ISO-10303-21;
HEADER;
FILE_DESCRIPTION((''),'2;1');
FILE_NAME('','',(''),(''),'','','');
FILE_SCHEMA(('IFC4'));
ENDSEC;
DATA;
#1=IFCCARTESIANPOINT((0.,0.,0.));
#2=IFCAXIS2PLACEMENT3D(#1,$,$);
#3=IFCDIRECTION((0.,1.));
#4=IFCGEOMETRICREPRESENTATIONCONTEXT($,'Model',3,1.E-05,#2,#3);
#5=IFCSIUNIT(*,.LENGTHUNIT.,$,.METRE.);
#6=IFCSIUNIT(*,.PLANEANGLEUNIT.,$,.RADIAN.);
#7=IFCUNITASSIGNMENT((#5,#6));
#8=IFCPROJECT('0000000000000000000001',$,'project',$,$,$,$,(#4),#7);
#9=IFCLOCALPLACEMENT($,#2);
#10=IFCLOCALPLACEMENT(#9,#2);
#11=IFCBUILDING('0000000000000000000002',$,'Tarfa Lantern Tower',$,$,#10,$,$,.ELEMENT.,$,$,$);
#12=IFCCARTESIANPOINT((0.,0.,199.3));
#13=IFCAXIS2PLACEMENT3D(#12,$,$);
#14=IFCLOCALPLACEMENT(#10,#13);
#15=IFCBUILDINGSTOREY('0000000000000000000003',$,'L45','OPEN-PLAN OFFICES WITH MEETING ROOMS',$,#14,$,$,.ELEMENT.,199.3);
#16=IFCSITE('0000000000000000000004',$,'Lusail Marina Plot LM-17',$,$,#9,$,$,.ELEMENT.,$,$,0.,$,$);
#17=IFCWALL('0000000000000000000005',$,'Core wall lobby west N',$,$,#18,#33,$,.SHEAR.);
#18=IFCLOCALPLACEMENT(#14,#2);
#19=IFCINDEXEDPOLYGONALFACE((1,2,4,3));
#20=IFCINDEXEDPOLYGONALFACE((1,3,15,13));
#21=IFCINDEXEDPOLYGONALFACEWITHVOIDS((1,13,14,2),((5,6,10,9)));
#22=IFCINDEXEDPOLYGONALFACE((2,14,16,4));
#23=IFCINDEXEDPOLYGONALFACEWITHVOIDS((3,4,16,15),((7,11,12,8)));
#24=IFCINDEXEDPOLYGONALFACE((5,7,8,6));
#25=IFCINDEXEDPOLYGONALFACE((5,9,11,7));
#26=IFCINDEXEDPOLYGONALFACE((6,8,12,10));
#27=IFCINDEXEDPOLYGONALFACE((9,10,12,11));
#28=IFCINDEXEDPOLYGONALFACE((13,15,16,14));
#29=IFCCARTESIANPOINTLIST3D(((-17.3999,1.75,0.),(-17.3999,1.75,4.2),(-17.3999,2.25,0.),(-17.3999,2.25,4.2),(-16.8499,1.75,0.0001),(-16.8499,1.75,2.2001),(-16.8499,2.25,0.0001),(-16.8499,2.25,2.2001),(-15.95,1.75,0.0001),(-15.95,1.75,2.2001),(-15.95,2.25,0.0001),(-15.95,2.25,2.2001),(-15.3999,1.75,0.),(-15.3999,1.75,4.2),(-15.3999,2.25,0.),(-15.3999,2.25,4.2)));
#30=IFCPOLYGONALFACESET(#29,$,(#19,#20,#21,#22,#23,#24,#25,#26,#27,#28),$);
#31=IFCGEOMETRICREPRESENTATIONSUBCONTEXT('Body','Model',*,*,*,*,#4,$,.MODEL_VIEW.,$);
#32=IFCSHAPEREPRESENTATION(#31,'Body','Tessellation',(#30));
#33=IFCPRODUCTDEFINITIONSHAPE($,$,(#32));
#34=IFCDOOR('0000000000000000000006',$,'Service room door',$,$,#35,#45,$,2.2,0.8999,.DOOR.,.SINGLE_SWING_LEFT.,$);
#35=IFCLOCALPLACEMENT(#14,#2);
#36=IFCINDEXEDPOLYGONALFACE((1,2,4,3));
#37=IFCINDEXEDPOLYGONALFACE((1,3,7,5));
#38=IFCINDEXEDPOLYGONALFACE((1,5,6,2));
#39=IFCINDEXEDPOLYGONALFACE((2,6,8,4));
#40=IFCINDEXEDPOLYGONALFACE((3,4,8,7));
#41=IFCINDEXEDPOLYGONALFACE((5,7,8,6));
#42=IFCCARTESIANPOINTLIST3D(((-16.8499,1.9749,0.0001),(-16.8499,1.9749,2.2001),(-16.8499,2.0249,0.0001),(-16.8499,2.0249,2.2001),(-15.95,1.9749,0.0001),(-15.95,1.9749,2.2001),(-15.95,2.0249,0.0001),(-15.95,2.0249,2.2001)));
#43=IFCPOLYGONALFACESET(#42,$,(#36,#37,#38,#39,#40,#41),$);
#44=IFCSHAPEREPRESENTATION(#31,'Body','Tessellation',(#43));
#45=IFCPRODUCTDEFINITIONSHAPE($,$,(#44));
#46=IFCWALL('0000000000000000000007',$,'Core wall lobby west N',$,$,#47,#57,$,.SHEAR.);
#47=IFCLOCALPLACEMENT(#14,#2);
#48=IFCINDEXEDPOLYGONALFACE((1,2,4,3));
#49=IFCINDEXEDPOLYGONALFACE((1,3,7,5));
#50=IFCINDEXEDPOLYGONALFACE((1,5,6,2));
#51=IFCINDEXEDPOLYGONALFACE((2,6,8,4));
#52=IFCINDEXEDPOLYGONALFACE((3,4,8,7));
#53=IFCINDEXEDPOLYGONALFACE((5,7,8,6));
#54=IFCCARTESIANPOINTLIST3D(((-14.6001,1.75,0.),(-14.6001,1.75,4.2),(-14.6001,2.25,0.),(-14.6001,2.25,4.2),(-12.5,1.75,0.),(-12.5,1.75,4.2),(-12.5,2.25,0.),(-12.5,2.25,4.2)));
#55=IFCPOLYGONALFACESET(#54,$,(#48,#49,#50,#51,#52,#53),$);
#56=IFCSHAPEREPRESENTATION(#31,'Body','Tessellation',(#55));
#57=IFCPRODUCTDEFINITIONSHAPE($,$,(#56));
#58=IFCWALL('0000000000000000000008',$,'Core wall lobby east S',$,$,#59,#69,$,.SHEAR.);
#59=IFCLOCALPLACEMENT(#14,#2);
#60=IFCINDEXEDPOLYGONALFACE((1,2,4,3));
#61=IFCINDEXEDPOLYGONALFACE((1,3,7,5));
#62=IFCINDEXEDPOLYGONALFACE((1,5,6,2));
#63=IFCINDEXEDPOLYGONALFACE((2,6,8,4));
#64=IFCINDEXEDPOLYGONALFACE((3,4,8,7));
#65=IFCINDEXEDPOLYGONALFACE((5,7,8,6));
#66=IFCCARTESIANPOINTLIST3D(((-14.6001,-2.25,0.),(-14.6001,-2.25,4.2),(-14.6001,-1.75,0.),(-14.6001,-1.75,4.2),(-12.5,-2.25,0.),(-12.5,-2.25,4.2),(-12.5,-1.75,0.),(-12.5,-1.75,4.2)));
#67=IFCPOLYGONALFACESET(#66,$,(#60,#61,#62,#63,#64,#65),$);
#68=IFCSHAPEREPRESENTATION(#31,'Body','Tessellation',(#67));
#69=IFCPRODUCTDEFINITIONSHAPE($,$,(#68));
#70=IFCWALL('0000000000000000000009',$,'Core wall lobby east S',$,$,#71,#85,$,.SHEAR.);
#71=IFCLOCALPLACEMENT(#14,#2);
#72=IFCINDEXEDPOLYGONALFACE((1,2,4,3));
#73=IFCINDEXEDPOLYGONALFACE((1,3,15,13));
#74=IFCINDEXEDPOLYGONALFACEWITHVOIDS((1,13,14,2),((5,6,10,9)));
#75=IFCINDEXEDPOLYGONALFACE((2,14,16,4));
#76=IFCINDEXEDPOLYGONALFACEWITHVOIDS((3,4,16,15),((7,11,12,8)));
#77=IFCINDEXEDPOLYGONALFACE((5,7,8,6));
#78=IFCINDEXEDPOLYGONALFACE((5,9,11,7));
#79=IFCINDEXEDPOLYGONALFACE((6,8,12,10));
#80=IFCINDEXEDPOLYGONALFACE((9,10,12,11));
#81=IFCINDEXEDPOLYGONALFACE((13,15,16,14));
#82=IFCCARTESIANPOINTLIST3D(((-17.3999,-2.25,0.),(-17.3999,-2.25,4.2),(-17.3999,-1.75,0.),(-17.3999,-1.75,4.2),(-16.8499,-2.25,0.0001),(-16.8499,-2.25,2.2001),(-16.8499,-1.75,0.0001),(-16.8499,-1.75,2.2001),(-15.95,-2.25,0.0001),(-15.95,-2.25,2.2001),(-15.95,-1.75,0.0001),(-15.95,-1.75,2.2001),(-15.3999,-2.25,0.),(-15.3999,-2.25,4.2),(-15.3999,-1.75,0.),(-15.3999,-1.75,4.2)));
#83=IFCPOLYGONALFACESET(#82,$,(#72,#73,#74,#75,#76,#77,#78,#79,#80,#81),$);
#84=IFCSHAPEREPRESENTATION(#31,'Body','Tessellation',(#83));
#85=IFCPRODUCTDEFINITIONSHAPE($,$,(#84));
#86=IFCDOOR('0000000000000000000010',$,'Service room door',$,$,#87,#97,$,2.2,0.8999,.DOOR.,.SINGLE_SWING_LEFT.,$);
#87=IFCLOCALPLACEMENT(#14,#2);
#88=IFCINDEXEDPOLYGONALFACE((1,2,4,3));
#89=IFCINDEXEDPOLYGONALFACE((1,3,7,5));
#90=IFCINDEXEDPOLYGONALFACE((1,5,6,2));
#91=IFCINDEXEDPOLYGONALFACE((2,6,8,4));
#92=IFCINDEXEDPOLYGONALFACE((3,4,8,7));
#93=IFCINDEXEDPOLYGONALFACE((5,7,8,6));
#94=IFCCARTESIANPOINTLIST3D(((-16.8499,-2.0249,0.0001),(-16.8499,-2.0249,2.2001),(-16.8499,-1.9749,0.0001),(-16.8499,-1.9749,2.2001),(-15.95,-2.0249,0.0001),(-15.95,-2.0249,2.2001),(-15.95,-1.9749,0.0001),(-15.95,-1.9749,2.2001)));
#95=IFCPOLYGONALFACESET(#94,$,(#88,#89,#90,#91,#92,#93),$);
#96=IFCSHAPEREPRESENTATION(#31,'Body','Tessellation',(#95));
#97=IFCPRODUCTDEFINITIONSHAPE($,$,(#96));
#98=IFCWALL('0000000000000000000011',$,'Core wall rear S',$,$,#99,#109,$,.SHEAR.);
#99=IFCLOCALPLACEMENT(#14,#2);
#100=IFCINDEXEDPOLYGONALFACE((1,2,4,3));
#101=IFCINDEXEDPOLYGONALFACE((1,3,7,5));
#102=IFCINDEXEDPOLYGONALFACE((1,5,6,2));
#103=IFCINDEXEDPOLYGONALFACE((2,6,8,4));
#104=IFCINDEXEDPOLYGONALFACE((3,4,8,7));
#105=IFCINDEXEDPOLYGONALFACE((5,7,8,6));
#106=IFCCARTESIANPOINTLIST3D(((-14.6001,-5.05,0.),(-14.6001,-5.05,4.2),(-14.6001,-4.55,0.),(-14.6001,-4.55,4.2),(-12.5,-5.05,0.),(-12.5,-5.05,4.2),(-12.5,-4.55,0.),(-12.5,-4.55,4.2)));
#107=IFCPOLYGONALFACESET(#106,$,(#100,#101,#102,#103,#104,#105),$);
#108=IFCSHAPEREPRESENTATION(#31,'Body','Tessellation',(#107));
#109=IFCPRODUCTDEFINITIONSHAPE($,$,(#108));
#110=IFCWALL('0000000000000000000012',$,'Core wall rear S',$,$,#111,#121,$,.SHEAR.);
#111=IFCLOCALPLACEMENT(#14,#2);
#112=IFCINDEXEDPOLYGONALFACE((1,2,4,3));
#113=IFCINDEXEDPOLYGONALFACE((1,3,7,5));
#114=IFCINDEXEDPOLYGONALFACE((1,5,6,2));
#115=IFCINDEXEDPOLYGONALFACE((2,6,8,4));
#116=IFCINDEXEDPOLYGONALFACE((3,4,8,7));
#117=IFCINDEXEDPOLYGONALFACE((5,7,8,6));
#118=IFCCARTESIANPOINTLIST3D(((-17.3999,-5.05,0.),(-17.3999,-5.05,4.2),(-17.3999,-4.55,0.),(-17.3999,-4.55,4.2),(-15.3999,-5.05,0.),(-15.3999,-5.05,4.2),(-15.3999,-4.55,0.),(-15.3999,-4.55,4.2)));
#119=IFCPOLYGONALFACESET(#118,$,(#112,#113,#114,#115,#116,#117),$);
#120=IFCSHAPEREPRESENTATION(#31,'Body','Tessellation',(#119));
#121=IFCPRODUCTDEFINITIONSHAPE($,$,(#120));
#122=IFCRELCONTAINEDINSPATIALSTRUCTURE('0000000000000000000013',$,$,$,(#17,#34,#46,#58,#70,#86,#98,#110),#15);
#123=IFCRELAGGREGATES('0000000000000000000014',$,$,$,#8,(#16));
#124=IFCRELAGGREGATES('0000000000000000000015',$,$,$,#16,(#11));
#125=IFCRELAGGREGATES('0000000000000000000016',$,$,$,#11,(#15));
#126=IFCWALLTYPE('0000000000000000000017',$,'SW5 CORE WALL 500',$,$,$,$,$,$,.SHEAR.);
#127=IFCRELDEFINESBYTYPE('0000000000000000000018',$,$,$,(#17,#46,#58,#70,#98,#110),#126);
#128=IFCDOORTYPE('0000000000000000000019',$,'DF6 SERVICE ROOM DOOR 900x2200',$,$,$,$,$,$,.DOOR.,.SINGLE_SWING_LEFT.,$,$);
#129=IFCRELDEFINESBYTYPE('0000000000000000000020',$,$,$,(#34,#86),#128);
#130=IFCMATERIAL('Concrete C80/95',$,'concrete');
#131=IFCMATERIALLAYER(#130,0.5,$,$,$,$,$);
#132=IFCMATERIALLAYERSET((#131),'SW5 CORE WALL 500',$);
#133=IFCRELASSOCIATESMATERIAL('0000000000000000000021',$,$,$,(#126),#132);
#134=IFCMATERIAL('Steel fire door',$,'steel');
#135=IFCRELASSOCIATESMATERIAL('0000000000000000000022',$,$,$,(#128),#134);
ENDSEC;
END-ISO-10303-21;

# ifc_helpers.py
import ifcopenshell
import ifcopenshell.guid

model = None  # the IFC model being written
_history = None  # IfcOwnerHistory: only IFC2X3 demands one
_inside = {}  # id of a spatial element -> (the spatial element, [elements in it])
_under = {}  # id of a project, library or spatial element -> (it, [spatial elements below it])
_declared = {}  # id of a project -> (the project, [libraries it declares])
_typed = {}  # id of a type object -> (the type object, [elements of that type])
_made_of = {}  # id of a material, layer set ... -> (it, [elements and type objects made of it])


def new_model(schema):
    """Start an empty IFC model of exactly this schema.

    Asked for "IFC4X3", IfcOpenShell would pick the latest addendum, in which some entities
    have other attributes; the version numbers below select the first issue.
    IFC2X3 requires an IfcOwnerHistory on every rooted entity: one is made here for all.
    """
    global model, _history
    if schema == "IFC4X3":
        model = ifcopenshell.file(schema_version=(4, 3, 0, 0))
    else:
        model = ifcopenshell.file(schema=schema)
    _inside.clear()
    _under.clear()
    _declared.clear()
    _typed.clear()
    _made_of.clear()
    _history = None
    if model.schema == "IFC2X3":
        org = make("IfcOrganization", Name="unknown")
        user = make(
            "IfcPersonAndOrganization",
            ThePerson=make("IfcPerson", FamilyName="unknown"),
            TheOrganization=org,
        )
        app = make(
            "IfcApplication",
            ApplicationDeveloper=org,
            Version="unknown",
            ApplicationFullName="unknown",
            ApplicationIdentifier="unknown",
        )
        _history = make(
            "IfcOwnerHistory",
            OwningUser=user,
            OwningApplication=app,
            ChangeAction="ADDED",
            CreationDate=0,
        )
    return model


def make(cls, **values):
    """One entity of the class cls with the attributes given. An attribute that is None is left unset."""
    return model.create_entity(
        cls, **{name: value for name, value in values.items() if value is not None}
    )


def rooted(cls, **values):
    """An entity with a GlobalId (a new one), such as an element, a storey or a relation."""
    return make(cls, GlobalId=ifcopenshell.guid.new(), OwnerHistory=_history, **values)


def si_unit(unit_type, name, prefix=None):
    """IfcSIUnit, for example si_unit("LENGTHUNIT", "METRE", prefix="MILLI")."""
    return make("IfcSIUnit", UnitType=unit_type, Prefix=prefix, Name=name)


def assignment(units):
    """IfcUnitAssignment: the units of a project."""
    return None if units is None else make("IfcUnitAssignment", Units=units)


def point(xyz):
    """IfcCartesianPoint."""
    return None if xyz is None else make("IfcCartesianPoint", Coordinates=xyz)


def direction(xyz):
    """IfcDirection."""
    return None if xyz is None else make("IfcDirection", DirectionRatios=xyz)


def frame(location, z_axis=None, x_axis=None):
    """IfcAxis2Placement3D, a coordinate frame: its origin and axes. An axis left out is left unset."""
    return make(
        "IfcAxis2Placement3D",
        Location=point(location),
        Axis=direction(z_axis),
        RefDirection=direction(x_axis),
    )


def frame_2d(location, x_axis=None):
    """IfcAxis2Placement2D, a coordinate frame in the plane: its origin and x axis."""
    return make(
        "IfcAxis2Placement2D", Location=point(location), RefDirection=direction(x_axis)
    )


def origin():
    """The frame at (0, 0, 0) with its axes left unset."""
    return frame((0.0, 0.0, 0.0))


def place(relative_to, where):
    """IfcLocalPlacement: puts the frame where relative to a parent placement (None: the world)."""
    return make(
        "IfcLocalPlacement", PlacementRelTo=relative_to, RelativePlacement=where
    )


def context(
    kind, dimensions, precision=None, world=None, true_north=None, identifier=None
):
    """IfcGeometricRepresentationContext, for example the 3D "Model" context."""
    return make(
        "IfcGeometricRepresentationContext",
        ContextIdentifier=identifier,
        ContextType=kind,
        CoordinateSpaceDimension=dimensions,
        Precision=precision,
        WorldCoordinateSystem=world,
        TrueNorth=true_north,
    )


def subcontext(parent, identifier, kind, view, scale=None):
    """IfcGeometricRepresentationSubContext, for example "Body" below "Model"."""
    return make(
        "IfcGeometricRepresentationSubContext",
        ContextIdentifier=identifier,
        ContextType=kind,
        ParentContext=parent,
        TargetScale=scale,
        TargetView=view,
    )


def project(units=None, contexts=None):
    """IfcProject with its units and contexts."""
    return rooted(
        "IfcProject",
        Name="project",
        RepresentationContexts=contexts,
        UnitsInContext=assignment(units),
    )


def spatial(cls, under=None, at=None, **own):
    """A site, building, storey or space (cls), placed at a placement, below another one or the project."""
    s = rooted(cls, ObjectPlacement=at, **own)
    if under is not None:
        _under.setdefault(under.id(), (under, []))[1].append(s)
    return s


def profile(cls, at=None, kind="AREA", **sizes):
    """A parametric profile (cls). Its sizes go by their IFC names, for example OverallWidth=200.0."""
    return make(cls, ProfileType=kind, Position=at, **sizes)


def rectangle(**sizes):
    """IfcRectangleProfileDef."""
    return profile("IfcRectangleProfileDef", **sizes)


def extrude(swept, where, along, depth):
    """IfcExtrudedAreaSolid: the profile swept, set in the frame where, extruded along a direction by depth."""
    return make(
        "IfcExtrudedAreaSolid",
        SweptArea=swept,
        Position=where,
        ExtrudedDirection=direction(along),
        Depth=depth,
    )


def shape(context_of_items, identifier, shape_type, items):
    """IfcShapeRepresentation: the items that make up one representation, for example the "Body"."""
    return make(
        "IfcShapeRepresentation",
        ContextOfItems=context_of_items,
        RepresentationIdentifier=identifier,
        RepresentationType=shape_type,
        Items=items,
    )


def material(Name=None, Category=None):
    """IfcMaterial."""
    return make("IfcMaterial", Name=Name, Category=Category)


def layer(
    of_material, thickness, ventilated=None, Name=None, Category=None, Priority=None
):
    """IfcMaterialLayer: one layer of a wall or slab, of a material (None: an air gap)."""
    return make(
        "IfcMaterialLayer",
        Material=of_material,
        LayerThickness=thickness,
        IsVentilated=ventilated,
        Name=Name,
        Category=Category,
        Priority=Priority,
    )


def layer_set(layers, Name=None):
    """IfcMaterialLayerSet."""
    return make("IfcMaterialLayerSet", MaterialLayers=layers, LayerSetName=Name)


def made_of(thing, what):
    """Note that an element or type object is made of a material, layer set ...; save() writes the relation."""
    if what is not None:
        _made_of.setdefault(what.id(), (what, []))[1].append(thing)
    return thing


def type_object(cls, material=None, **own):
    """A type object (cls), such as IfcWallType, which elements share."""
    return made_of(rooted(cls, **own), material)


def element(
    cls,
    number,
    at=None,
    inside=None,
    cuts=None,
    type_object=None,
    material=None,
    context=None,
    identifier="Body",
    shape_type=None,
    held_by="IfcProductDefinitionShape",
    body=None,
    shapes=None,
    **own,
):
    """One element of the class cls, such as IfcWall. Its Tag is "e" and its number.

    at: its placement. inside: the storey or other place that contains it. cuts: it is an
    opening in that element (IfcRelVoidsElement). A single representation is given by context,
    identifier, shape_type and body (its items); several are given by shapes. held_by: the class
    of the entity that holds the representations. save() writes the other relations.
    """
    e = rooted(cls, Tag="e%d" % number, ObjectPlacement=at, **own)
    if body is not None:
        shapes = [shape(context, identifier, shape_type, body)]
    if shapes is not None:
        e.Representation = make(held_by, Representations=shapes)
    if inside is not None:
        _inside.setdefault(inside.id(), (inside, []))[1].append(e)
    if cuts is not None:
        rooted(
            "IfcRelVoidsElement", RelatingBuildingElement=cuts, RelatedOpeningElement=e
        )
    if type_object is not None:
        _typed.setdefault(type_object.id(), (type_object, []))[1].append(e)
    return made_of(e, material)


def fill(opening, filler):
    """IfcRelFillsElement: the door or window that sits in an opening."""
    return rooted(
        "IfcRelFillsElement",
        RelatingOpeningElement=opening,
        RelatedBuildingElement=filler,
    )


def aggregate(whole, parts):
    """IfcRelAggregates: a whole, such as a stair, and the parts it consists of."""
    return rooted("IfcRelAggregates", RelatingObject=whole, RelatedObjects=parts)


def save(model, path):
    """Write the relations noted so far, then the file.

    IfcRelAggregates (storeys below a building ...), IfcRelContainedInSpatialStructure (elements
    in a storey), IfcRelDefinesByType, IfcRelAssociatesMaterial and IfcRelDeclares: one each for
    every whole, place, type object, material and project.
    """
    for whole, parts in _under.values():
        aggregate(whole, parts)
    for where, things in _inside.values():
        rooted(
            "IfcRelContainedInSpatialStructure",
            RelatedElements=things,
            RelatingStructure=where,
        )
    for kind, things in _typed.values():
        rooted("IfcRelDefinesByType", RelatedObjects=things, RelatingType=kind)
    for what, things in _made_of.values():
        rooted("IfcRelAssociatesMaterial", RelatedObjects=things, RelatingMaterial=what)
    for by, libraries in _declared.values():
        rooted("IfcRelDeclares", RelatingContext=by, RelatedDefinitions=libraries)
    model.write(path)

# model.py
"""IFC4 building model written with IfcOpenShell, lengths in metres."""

from ifc_helpers import new_model, si_unit, direction, frame, frame_2d, origin, place, context, subcontext, project, spatial, rectangle, extrude, material, layer, layer_set, type_object, element, fill, save


model = new_model("IFC4")

# Units and contexts
model_context = context("Model", 3, precision=1e-05, world=origin(), true_north=direction((0.0, 1.0)))
body_context = subcontext(model_context, "Body", "Model", "MODEL_VIEW")
ifc_project = project(units=[si_unit("LENGTHUNIT", "METRE"), si_unit("PLANEANGLEUNIT", "RADIAN")], contexts=[model_context])

# Site, building, storey
site_placement = place(None, origin())
site = spatial("IfcSite", under=ifc_project, at=site_placement, Name="Lusail Marina Plot LM-17", CompositionType="ELEMENT", RefElevation=0.0)
building_placement = place(site_placement, origin())
building = spatial("IfcBuilding", under=site, at=building_placement, Name="Tarfa Lantern Tower", CompositionType="ELEMENT")
storey_placement = place(building_placement, frame((0.0, 0.0, 199.3)))
storey = spatial("IfcBuildingStorey", under=building, at=storey_placement, Name="L45", Description="OPEN-PLAN OFFICES WITH MEETING ROOMS", CompositionType="ELEMENT", Elevation=199.3)

# Wall, opening, door
ifc_material_1 = material(Name="Concrete C80/95", Category="concrete")
ifc_material_2 = material(Name="Steel fire door", Category="steel")
ifc_layer_1 = layer(ifc_material_1, 0.5)
ifc_layer_set_1 = layer_set([ifc_layer_1], Name="SW5 CORE WALL 500")
wall_type_1 = type_object("IfcWallType", Name="SW5 CORE WALL 500", PredefinedType="SHEAR", material=ifc_layer_set_1)
wall_1_placement = place(storey_placement, frame((-17.3999, 2.0, 0.0), z_axis=(0.0, 0.0, 1.0), x_axis=(1.0, 0.0, 0.0)))
wall_1 = element("IfcWall", 1, at=wall_1_placement, inside=storey, type_object=wall_type_1, Name="Core wall lobby west N", PredefinedType="SHEAR", context=body_context, shape_type="SweptSolid", body=[
    extrude(rectangle(XDim=2.0, YDim=0.5, at=frame_2d((1.0, 0.0))), origin(), (0.0, 0.0, 1.0), 4.2),
])
opening_1_placement = place(wall_1_placement, frame((0.55, 0.0, 0.0)))
opening_1 = element("IfcOpeningElement", 2, at=opening_1_placement, cuts=wall_1, PredefinedType="OPENING", context=body_context, shape_type="SweptSolid", body=[
    extrude(rectangle(XDim=0.8999, YDim=2.2, at=frame_2d((0.45, 1.1001))), frame((0.0, 0.26, 0.0), z_axis=(0.0, -1.0, 0.0), x_axis=(1.0, 0.0, 0.0)), (0.0, 0.0, 1.0), 0.52),
])
door_type_1 = type_object("IfcDoorType", Name="DF6 SERVICE ROOM DOOR 900x2200", OperationType="SINGLE_SWING_LEFT", PredefinedType="DOOR", material=ifc_material_2)
door_1_placement = place(opening_1_placement, origin())
door_1 = element("IfcDoor", 3, at=door_1_placement, inside=storey, type_object=door_type_1, Name="Service room door", OperationType="SINGLE_SWING_LEFT", OverallHeight=2.2, OverallWidth=0.8999, PredefinedType="DOOR", context=body_context, shape_type="SweptSolid", body=[
    extrude(rectangle(XDim=0.8999, YDim=2.2, at=frame_2d((0.45, 1.1001))), frame((0.0, 0.0249, 0.0), z_axis=(0.0, -1.0, 0.0), x_axis=(1.0, 0.0, 0.0)), (0.0, 0.0, 1.0), 0.05),
])
fill(opening_1, door_1)

# Walls
for number, where, z_axis, x_axis, name in (
    (4, (-14.6001, 2.0, 0.0), (0.0, 0.0, 1.0), (1.0, 0.0, 0.0), "Core wall lobby west N"),
    (5, (-12.5, -2.0, 0.0), (0.0, 0.0, 1.0), (-1.0, 0.0, 0.0), "Core wall lobby east S"),
):
    element("IfcWall", number, at=place(storey_placement, frame(where, z_axis=z_axis, x_axis=x_axis)), inside=storey, type_object=wall_type_1, Name=name, PredefinedType="SHEAR", context=body_context, shape_type="SweptSolid", body=[
        extrude(rectangle(XDim=2.1001, YDim=0.5, at=frame_2d((1.05, 0.0))), origin(), (0.0, 0.0, 1.0), 4.2),
    ])

# Wall, opening, door
wall_2_placement = place(storey_placement, frame((-15.3999, -2.0, 0.0), z_axis=(0.0, 0.0, 1.0), x_axis=(-1.0, 0.0, 0.0)))
wall_2 = element("IfcWall", 6, at=wall_2_placement, inside=storey, type_object=wall_type_1, Name="Core wall lobby east S", PredefinedType="SHEAR", context=body_context, shape_type="SweptSolid", body=[
    extrude(rectangle(XDim=2.0, YDim=0.5, at=frame_2d((1.0, 0.0))), origin(), (0.0, 0.0, 1.0), 4.2),
])
opening_2_placement = place(wall_2_placement, frame((0.55, 0.0, 0.0)))
opening_2 = element("IfcOpeningElement", 7, at=opening_2_placement, cuts=wall_2, PredefinedType="OPENING", context=body_context, shape_type="SweptSolid", body=[
    extrude(rectangle(XDim=0.8999, YDim=2.2, at=frame_2d((0.45, 1.1001))), frame((0.0, 0.26, 0.0), z_axis=(0.0, -1.0, 0.0), x_axis=(1.0, 0.0, 0.0)), (0.0, 0.0, 1.0), 0.52),
])
door_2_placement = place(opening_2_placement, origin())
door_2 = element("IfcDoor", 8, at=door_2_placement, inside=storey, type_object=door_type_1, Name="Service room door", OperationType="SINGLE_SWING_LEFT", OverallHeight=2.2, OverallWidth=0.8999, PredefinedType="DOOR", context=body_context, shape_type="SweptSolid", body=[
    extrude(rectangle(XDim=0.8999, YDim=2.2, at=frame_2d((0.45, 1.1001))), frame((0.0, 0.0249, 0.0), z_axis=(0.0, -1.0, 0.0), x_axis=(1.0, 0.0, 0.0)), (0.0, 0.0, 1.0), 0.05),
])
fill(opening_2, door_2)

# Walls
wall_3_placement = place(storey_placement, frame((-12.5, -4.8, 0.0), z_axis=(0.0, 0.0, 1.0), x_axis=(-1.0, 0.0, 0.0)))
element("IfcWall", 9, at=wall_3_placement, inside=storey, type_object=wall_type_1, Name="Core wall rear S", PredefinedType="SHEAR", context=body_context, shape_type="SweptSolid", body=[
    extrude(rectangle(XDim=2.1001, YDim=0.5, at=frame_2d((1.05, 0.0))), origin(), (0.0, 0.0, 1.0), 4.2),
])
wall_4_placement = place(storey_placement, frame((-15.3999, -4.8, 0.0), z_axis=(0.0, 0.0, 1.0), x_axis=(-1.0, 0.0, 0.0)))
element("IfcWall", 10, at=wall_4_placement, inside=storey, type_object=wall_type_1, Name="Core wall rear S", PredefinedType="SHEAR", context=body_context, shape_type="SweptSolid", body=[
    extrude(rectangle(XDim=2.0, YDim=0.5, at=frame_2d((1.0, 0.0))), origin(), (0.0, 0.0, 1.0), 4.2),
])

save(model, "model.ifc")
